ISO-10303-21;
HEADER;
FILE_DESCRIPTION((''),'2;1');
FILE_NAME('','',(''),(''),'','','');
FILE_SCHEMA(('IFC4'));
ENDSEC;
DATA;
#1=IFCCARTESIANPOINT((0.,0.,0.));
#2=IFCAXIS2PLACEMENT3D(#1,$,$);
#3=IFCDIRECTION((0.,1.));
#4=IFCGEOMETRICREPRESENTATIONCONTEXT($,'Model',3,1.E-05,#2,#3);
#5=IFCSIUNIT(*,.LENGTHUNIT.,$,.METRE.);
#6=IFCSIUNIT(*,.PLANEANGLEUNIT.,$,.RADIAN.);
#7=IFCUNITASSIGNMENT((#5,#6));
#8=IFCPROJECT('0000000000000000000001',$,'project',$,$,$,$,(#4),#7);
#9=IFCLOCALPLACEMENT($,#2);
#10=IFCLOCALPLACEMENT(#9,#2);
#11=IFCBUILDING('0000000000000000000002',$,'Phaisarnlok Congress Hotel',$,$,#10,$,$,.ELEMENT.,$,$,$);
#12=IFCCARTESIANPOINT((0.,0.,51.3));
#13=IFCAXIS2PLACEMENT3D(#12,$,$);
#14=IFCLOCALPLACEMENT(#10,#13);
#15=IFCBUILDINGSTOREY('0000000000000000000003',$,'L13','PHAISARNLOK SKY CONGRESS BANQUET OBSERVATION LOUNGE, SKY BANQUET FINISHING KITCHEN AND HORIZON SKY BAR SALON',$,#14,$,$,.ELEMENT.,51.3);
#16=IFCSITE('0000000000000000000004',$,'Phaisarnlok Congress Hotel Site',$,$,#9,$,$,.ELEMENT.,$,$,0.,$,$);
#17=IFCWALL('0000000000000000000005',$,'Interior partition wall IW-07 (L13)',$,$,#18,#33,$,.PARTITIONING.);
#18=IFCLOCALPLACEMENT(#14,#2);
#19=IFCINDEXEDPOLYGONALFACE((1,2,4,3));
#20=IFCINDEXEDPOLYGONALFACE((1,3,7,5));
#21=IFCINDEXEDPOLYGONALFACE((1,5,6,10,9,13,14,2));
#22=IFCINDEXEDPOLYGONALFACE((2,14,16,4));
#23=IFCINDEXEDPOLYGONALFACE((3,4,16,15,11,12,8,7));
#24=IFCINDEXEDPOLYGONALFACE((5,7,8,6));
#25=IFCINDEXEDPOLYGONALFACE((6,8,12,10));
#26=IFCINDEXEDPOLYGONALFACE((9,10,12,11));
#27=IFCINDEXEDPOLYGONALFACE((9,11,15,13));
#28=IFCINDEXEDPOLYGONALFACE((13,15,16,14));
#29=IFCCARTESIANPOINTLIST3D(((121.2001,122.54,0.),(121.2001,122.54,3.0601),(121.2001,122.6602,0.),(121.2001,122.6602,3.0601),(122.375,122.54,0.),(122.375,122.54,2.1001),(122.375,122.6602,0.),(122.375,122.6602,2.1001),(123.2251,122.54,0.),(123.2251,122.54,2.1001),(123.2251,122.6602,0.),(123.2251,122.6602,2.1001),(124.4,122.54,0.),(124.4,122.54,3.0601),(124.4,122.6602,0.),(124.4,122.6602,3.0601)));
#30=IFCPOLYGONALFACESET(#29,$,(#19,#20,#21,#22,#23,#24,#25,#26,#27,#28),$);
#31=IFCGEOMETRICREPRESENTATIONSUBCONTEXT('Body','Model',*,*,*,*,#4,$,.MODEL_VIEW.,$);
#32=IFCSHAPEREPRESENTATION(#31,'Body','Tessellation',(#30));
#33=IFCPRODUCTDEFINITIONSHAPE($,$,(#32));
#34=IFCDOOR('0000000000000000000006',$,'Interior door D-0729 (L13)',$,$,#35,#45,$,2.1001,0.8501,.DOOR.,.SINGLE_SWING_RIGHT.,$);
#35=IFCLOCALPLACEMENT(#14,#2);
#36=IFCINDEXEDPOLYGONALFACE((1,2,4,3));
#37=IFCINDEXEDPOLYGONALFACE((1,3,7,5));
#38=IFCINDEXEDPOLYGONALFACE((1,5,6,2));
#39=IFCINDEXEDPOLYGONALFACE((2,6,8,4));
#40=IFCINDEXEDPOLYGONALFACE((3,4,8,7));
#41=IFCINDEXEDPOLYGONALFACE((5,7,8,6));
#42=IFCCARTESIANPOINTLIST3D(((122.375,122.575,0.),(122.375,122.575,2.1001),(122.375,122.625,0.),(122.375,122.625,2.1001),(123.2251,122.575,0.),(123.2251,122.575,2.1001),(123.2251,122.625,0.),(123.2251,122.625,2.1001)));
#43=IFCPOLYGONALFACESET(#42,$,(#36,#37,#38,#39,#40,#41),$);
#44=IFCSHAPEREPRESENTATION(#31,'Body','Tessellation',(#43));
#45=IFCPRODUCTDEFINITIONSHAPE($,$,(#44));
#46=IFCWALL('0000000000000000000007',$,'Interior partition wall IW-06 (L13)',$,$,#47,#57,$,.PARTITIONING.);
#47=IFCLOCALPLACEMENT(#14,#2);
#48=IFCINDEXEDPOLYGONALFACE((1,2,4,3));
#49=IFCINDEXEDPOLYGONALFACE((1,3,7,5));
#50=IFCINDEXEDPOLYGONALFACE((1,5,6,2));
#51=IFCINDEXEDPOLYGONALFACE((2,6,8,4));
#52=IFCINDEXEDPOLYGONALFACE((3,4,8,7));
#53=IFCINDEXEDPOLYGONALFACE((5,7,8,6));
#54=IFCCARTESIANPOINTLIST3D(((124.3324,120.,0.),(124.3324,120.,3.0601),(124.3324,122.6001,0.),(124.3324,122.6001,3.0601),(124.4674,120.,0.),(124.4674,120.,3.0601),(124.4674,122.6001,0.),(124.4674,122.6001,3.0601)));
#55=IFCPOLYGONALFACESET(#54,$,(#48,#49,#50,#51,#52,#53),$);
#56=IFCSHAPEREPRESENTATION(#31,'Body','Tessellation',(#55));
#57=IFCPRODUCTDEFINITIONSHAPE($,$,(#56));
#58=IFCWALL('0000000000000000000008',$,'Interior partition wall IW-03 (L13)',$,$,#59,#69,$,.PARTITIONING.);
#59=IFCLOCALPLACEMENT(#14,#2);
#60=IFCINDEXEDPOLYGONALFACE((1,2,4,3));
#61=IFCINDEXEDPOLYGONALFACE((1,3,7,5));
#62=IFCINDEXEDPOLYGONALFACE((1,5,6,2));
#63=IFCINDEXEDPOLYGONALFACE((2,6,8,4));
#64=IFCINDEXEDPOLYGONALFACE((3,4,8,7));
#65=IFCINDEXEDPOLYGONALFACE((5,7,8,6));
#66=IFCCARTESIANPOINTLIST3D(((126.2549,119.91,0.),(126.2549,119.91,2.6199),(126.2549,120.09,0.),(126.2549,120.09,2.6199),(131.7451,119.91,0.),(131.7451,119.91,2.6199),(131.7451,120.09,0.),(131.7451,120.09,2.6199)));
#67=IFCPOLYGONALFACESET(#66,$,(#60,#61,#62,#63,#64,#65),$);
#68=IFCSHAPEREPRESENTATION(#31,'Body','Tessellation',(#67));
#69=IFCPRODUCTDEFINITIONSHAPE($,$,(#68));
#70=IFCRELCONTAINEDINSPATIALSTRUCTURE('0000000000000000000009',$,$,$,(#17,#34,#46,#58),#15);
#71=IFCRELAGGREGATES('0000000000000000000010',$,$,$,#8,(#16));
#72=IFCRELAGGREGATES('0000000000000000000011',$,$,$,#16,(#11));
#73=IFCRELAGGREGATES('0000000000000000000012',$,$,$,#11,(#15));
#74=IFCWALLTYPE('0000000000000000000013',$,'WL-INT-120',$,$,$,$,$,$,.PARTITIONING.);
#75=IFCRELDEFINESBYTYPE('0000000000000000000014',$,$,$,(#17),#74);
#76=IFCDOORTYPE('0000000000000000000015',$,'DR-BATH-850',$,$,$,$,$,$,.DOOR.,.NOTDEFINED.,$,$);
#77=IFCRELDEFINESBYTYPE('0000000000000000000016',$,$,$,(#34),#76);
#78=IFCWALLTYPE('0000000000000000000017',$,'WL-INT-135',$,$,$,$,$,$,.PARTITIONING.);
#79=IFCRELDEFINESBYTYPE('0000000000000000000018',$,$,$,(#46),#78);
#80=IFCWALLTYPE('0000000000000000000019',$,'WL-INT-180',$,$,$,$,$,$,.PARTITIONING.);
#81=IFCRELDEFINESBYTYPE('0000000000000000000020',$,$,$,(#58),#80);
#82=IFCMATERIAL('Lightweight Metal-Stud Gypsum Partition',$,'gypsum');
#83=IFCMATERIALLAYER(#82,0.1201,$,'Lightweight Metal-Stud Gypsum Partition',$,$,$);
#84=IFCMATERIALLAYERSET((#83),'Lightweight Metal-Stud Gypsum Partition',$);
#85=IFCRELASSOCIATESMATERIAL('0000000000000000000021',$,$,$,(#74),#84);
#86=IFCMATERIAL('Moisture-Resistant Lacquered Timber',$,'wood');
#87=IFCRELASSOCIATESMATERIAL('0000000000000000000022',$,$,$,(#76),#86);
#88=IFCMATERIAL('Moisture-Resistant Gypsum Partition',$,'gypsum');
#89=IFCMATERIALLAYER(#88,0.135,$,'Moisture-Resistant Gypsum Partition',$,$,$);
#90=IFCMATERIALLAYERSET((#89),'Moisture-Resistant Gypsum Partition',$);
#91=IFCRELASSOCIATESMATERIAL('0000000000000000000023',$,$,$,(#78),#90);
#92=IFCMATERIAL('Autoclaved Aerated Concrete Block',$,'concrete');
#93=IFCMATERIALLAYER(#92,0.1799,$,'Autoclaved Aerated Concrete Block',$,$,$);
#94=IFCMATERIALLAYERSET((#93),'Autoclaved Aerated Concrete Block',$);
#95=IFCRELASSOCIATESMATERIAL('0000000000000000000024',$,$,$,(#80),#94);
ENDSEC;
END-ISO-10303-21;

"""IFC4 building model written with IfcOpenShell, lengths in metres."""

from ifc_helpers import new_model, si_unit, direction, frame, frame_2d, origin, place, context, subcontext, project, spatial, rectangle, extrude, material, layer, layer_set, type_object, element, fill, save


model = new_model("IFC4")

# Units and contexts
model_context = context("Model", 3, precision=1e-05, world=origin(), true_north=direction((0.0, 1.0)))
body_context = subcontext(model_context, "Body", "Model", "MODEL_VIEW")
ifc_project = project(units=[si_unit("LENGTHUNIT", "METRE"), si_unit("PLANEANGLEUNIT", "RADIAN")], contexts=[model_context])

# Site, building, storey
site_placement = place(None, origin())
site = spatial("IfcSite", under=ifc_project, at=site_placement, Name="Phaisarnlok Congress Hotel Site", CompositionType="ELEMENT", RefElevation=0.0)
building_placement = place(site_placement, origin())
building = spatial("IfcBuilding", under=site, at=building_placement, Name="Phaisarnlok Congress Hotel", CompositionType="ELEMENT")
storey_placement = place(building_placement, frame((0.0, 0.0, 51.3)))
storey = spatial("IfcBuildingStorey", under=building, at=storey_placement, Name="L13", Description="PHAISARNLOK SKY CONGRESS BANQUET OBSERVATION LOUNGE, SKY BANQUET FINISHING KITCHEN AND HORIZON SKY BAR SALON", CompositionType="ELEMENT", Elevation=51.3)

# Shared definitions
ifc_material_1 = material(Name="Lightweight Metal-Stud Gypsum Partition", Category="gypsum")
ifc_layer_1 = layer(ifc_material_1, 0.1201, Name="Lightweight Metal-Stud Gypsum Partition")
ifc_layer_set_1 = layer_set([ifc_layer_1], Name="Lightweight Metal-Stud Gypsum Partition")
wall_type_1 = type_object("IfcWallType", Name="WL-INT-120", PredefinedType="PARTITIONING", material=ifc_layer_set_1)

# Wall, opening, door
wall_1_placement = place(storey_placement, frame((121.2, 122.6001, 0.0), z_axis=(0.0, 0.0, 1.0), x_axis=(1.0, 0.0, 0.0)))
wall_1 = element("IfcWall", 1, at=wall_1_placement, inside=storey, type_object=wall_type_1, Name="Interior partition wall IW-07 (L13)", PredefinedType="PARTITIONING", context=body_context, shape_type="SweptSolid", body=[
    extrude(rectangle(XDim=3.2, YDim=0.1201, at=frame_2d((1.6001, 0.0))), origin(), (0.0, 0.0, 1.0), 3.0601),
])
opening_1_placement = place(wall_1_placement, frame((1.175, 0.0, 0.0)))
opening_1 = element("IfcOpeningElement", 2, at=opening_1_placement, cuts=wall_1, PredefinedType="OPENING", context=body_context, shape_type="SweptSolid", body=[
    extrude(rectangle(XDim=0.8501, YDim=2.1001, at=frame_2d((0.425, 1.05))), frame((0.0, 0.0701, 0.0), z_axis=(0.0, -1.0, 0.0), x_axis=(1.0, 0.0, 0.0)), (0.0, 0.0, 1.0), 0.1401),
])
ifc_material_2 = material(Name="Moisture-Resistant Lacquered Timber", Category="wood")
door_type = type_object("IfcDoorType", Name="DR-BATH-850", OperationType="NOTDEFINED", PredefinedType="DOOR", material=ifc_material_2)
door_placement = place(opening_1_placement, origin())
door = element("IfcDoor", 3, at=door_placement, inside=storey, type_object=door_type, Name="Interior door D-0729 (L13)", OperationType="SINGLE_SWING_RIGHT", OverallHeight=2.1001, OverallWidth=0.8501, PredefinedType="DOOR", context=body_context, shape_type="SweptSolid", body=[
    extrude(rectangle(XDim=0.8501, YDim=2.1001, at=frame_2d((0.425, 1.05))), frame((0.0, 0.0249, 0.0), z_axis=(0.0, -1.0, 0.0), x_axis=(1.0, 0.0, 0.0)), (0.0, 0.0, 1.0), 0.05),
])
fill(opening_1, door)

# Walls
ifc_material_3 = material(Name="Moisture-Resistant Gypsum Partition", Category="gypsum")
ifc_layer_2 = layer(ifc_material_3, 0.135, Name="Moisture-Resistant Gypsum Partition")
ifc_layer_set_2 = layer_set([ifc_layer_2], Name="Moisture-Resistant Gypsum Partition")
wall_type_2 = type_object("IfcWallType", Name="WL-INT-135", PredefinedType="PARTITIONING", material=ifc_layer_set_2)
wall_2_placement = place(storey_placement, frame((124.3999, 120.0, 0.0), z_axis=(0.0, 0.0, 1.0), x_axis=(0.0, 1.0, 0.0)))
element("IfcWall", 4, at=wall_2_placement, inside=storey, type_object=wall_type_2, Name="Interior partition wall IW-06 (L13)", PredefinedType="PARTITIONING", context=body_context, shape_type="SweptSolid", body=[
    extrude(rectangle(XDim=2.6001, YDim=0.135, at=frame_2d((1.3, 0.0))), origin(), (0.0, 0.0, 1.0), 3.0601),
])
ifc_material_4 = material(Name="Autoclaved Aerated Concrete Block", Category="concrete")
ifc_layer_3 = layer(ifc_material_4, 0.1799, Name="Autoclaved Aerated Concrete Block")
ifc_layer_set_3 = layer_set([ifc_layer_3], Name="Autoclaved Aerated Concrete Block")
wall_type_3 = type_object("IfcWallType", Name="WL-INT-180", PredefinedType="PARTITIONING", material=ifc_layer_set_3)
wall_3_placement = place(storey_placement, frame((126.2549, 120.0, 0.0), z_axis=(0.0, 0.0, 1.0), x_axis=(1.0, 0.0, 0.0)))
element("IfcWall", 5, at=wall_3_placement, inside=storey, type_object=wall_type_3, Name="Interior partition wall IW-03 (L13)", PredefinedType="PARTITIONING", context=body_context, shape_type="SweptSolid", body=[
    extrude(rectangle(XDim=5.4902, YDim=0.1799, at=frame_2d((2.7451, 0.0))), origin(), (0.0, 0.0, 1.0), 2.6199),
])

save(model, "model.ifc")
